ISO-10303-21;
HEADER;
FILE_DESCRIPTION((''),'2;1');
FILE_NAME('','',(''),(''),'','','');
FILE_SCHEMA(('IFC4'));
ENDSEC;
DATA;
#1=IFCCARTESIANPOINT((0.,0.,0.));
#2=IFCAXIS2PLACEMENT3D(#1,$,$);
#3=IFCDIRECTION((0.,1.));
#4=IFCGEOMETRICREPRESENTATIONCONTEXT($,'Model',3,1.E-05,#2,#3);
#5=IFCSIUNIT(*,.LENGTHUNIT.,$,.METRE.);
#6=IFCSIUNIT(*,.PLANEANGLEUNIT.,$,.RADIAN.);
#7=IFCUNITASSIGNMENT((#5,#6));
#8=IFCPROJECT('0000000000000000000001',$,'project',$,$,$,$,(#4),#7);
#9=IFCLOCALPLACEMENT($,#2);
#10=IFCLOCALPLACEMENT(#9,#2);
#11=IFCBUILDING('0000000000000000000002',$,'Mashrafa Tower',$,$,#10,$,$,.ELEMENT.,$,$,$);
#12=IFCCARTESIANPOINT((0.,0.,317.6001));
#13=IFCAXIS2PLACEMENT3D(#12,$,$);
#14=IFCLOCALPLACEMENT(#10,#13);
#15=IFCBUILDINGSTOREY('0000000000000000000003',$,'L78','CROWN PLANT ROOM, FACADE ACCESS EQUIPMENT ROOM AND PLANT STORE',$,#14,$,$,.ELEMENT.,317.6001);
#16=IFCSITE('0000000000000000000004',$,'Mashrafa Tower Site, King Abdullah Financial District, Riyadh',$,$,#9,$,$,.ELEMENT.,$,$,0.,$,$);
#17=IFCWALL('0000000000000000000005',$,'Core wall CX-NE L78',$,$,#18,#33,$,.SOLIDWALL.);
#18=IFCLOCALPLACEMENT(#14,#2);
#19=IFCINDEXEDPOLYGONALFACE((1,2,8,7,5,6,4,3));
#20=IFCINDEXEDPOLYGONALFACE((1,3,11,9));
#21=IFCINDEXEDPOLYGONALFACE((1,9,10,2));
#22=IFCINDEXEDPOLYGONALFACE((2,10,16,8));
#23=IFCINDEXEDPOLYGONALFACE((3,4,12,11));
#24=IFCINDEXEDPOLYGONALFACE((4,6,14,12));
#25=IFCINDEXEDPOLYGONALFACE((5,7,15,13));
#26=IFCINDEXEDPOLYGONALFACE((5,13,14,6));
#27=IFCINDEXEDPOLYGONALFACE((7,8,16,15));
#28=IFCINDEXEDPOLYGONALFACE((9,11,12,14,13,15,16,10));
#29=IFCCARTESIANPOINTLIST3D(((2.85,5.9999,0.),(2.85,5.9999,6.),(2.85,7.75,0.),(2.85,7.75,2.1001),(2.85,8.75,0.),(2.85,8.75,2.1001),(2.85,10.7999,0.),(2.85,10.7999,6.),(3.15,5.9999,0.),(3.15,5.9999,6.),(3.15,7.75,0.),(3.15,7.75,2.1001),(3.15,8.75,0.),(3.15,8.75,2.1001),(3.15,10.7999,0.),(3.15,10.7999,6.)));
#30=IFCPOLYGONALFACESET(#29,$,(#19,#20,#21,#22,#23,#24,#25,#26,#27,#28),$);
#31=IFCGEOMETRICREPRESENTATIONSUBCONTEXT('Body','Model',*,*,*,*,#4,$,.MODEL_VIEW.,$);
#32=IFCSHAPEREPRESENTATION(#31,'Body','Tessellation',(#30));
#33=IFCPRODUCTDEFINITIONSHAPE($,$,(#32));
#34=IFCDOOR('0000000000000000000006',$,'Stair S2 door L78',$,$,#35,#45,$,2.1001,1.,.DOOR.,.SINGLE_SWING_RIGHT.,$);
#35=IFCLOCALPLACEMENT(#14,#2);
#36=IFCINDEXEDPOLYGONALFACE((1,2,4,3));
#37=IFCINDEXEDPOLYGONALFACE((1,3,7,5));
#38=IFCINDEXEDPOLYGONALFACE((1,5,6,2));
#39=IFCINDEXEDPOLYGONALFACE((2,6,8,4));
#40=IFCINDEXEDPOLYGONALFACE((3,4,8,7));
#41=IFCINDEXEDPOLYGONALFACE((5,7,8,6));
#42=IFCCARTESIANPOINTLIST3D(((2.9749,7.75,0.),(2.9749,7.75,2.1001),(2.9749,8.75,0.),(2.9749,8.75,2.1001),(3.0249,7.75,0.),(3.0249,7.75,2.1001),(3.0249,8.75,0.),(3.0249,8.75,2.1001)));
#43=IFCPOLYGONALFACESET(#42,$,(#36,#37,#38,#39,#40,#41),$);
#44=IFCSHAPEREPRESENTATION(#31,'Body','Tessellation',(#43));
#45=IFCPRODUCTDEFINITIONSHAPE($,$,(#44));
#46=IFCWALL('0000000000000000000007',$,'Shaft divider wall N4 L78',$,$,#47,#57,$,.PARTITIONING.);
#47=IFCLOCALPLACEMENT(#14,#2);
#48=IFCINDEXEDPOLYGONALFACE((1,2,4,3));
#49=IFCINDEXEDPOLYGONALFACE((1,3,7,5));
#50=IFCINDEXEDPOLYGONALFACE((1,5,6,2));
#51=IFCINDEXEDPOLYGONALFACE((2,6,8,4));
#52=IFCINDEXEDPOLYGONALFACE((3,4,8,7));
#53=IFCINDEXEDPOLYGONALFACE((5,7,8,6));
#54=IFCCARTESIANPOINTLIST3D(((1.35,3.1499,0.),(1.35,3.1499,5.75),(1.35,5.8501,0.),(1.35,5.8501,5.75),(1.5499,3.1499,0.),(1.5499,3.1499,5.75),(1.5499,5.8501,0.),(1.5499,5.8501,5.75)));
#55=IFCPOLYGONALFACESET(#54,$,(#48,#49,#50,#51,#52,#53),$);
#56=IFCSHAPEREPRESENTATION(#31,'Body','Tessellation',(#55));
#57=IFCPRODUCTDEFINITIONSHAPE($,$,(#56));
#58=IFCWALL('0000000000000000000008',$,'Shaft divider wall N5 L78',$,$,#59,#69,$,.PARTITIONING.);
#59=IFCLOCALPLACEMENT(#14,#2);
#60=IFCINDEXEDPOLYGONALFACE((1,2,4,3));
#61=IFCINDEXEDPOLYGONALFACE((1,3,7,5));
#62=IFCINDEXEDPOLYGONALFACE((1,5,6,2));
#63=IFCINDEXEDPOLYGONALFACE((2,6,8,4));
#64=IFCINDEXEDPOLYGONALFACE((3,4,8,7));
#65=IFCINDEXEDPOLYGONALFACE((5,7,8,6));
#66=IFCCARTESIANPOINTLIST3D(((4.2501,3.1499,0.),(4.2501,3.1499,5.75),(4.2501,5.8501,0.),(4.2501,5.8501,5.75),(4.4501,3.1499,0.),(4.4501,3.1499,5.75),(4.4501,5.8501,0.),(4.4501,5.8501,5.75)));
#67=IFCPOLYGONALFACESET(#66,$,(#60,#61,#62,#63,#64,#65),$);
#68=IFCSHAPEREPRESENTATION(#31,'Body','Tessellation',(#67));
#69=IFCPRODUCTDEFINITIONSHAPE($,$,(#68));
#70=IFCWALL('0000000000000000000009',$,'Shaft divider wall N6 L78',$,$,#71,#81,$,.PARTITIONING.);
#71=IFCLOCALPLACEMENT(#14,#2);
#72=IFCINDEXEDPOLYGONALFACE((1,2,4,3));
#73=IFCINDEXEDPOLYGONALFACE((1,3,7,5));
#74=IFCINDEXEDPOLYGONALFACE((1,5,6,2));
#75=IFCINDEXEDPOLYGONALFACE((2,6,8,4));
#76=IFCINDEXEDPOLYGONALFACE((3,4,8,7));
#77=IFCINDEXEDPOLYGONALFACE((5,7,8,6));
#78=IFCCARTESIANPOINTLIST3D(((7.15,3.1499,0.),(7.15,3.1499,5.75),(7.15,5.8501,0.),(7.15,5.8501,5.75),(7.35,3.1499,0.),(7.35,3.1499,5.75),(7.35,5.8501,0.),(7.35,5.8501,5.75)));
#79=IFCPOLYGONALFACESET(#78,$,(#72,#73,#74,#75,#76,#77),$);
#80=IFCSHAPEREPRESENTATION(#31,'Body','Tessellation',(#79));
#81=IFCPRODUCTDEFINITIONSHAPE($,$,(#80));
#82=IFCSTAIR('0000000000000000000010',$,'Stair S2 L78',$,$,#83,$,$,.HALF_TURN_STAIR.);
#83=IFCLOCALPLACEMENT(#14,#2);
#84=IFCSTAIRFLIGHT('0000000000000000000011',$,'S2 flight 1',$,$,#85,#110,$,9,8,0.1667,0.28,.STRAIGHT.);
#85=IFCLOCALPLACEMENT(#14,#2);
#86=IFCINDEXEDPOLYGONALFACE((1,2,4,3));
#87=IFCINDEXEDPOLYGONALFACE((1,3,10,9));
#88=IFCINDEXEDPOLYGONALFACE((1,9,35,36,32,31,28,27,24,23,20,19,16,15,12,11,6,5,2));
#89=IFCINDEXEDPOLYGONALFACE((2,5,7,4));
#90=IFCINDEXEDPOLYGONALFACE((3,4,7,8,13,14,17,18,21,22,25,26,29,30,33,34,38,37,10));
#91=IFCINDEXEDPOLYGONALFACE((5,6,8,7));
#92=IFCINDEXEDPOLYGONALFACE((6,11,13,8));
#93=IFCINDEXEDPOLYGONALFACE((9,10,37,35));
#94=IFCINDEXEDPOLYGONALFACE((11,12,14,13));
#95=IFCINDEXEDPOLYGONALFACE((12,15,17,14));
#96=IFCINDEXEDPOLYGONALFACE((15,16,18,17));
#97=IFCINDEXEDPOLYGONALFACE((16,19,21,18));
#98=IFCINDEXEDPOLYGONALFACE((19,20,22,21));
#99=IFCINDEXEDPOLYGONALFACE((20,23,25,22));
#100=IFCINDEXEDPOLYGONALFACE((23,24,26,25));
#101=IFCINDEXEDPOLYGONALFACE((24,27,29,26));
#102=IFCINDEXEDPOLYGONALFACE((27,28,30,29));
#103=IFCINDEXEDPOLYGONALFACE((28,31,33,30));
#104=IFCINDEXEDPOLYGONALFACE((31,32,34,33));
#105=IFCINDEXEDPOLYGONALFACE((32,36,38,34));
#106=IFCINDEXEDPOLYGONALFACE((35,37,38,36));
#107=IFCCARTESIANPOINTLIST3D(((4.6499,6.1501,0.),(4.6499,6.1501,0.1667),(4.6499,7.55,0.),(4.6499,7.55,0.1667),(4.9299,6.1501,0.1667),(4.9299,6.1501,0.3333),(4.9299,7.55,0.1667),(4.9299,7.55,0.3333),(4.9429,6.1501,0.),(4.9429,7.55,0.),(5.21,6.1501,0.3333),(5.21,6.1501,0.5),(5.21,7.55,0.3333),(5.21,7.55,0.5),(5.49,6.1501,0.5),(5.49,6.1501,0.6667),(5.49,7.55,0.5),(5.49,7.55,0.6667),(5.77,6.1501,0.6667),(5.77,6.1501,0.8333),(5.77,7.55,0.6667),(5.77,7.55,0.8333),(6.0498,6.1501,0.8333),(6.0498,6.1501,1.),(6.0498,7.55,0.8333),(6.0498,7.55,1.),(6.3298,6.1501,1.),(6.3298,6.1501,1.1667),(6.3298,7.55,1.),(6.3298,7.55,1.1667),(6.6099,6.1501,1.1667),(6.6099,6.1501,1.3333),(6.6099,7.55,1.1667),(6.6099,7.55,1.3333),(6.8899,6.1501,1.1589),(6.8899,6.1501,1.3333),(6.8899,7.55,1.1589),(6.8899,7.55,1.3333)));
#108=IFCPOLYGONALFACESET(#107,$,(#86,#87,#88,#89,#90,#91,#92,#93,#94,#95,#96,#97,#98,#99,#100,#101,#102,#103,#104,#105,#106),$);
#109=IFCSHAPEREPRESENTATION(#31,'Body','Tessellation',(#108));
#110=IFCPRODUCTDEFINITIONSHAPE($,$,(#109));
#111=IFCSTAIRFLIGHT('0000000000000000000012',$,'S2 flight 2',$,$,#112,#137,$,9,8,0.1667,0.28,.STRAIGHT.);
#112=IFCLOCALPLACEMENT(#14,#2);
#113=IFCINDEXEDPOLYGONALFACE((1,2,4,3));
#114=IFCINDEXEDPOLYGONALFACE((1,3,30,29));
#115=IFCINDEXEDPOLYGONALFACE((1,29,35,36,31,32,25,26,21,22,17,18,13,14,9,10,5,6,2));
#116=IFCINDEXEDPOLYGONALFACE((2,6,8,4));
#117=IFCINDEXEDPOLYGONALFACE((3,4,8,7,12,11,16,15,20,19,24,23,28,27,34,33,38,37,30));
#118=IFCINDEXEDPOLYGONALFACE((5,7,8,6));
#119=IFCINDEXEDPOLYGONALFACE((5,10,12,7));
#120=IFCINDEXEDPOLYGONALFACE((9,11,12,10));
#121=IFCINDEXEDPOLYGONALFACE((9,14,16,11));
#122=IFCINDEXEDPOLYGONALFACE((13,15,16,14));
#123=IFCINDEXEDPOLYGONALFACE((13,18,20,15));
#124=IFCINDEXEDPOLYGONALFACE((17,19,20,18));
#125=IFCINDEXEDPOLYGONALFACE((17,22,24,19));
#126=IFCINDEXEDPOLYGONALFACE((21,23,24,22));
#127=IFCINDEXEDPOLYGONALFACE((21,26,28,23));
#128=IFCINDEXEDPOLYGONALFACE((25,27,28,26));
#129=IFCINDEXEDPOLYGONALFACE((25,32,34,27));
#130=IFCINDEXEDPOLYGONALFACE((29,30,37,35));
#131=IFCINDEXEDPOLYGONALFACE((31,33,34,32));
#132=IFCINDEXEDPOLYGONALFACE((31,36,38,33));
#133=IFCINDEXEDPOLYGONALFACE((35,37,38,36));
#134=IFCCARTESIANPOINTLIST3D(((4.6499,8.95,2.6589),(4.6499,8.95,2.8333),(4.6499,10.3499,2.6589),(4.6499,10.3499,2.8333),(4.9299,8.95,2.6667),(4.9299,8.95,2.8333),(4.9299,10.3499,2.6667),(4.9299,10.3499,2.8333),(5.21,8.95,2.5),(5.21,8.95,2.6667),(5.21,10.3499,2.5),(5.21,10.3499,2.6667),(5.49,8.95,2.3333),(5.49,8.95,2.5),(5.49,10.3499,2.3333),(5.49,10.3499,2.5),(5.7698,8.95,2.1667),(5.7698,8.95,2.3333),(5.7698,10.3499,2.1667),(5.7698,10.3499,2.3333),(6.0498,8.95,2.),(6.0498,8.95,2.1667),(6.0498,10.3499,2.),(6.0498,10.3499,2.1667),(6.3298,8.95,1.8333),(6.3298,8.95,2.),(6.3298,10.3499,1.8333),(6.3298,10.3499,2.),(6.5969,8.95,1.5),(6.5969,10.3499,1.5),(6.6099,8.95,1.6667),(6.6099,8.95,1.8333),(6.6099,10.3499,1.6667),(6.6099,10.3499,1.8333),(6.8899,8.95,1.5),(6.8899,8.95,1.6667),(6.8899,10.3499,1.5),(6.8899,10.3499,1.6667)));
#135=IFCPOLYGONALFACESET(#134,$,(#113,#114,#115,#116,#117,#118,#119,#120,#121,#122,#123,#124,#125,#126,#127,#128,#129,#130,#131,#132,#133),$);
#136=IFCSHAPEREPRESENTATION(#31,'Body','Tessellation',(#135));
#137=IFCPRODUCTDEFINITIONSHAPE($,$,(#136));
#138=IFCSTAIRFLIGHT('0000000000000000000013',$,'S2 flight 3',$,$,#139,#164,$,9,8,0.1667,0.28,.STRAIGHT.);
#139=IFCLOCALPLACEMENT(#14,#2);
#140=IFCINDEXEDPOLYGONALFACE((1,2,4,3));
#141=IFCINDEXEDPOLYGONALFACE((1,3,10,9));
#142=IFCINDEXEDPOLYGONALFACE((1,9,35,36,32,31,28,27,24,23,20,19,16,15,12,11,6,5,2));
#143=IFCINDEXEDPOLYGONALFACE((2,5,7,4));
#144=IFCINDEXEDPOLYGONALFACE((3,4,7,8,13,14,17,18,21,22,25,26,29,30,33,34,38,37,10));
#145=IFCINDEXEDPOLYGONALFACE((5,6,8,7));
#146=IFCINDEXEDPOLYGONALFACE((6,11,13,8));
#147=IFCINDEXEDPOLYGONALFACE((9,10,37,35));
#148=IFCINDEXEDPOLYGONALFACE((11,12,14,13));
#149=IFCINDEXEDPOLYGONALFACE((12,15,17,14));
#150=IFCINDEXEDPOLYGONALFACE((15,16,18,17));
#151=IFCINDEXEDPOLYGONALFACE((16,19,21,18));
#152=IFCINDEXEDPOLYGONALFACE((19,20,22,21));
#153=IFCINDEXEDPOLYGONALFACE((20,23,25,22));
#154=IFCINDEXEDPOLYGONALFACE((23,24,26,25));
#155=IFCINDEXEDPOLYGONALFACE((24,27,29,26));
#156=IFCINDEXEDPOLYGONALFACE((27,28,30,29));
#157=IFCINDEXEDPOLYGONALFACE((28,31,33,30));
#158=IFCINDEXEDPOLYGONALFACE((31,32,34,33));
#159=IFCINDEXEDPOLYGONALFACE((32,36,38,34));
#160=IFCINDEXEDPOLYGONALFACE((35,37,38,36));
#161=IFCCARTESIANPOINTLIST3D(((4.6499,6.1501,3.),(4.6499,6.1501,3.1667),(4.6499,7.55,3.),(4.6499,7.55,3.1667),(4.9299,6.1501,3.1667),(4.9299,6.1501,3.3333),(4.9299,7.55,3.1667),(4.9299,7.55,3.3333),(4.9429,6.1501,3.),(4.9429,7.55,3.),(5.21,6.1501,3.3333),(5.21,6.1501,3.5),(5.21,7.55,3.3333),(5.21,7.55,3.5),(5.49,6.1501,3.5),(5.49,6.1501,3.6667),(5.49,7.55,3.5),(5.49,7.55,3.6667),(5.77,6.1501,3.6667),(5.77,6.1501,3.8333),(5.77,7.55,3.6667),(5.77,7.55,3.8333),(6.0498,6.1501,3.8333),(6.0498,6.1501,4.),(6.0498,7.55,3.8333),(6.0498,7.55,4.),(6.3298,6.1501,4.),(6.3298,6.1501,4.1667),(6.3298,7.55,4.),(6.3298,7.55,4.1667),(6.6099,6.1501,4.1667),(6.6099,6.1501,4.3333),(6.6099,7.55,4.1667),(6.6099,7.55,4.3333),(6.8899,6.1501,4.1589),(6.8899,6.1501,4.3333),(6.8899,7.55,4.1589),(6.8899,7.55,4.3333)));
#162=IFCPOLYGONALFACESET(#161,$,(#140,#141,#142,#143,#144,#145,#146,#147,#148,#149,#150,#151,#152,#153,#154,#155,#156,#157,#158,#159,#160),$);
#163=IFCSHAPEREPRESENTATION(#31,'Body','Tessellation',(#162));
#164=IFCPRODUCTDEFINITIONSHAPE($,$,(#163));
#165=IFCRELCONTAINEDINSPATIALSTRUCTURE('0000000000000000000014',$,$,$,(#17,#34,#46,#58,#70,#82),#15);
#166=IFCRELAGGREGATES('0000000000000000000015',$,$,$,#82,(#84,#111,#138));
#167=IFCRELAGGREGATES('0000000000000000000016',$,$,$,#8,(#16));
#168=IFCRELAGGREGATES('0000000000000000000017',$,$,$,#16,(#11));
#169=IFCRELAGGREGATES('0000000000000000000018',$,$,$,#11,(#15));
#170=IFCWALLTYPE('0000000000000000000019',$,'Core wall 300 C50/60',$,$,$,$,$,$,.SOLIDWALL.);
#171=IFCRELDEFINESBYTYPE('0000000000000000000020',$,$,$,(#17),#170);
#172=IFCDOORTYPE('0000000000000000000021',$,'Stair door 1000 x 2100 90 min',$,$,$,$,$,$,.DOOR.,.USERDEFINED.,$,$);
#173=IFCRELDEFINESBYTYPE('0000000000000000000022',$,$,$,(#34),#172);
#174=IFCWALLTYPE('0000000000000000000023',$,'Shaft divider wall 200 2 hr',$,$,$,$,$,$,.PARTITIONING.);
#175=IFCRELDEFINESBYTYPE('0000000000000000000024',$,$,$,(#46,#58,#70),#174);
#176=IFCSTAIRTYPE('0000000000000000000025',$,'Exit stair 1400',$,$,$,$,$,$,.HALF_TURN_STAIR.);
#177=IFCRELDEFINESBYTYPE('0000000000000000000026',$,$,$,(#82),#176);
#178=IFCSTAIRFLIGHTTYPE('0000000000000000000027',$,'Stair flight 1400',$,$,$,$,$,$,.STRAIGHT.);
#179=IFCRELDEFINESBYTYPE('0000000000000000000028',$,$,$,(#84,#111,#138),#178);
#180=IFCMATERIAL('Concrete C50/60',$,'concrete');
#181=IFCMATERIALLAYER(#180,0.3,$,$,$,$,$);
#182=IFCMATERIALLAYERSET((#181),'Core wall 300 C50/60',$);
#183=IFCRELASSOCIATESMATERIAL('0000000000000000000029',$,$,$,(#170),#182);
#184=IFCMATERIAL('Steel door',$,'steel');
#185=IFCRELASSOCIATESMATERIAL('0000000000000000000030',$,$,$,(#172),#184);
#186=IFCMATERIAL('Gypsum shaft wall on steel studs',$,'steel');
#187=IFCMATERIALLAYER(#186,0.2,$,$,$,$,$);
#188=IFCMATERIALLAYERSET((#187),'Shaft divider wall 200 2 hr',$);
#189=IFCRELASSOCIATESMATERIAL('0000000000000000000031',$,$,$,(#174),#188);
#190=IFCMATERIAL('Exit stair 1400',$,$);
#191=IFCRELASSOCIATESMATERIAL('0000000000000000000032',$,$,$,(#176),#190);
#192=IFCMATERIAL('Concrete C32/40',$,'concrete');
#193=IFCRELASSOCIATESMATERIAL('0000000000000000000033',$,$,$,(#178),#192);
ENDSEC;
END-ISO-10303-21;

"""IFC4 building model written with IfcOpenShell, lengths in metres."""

from ifc_helpers import new_model, si_unit, direction, frame, frame_2d, origin, place, context, subcontext, project, spatial, polyline, rectangle, outline, extrude, material, layer, layer_set, type_object, element, fill, aggregate, save


model = new_model("IFC4")

# Units and contexts
model_context = context("Model", 3, precision=1e-05, world=origin(), true_north=direction((0.0, 1.0)))
body_context = subcontext(model_context, "Body", "Model", "MODEL_VIEW")
ifc_project = project(units=[si_unit("LENGTHUNIT", "METRE"), si_unit("PLANEANGLEUNIT", "RADIAN")], contexts=[model_context])

# Site, building, storey
site_placement = place(None, origin())
site = spatial("IfcSite", under=ifc_project, at=site_placement, Name="Mashrafa Tower Site, King Abdullah Financial District, Riyadh", CompositionType="ELEMENT", RefElevation=0.0)
building_placement = place(site_placement, origin())
building = spatial("IfcBuilding", under=site, at=building_placement, Name="Mashrafa Tower", CompositionType="ELEMENT")
storey_placement = place(building_placement, frame((0.0, 0.0, 317.6001)))
storey = spatial("IfcBuildingStorey", under=building, at=storey_placement, Name="L78", Description="CROWN PLANT ROOM, FACADE ACCESS EQUIPMENT ROOM AND PLANT STORE", CompositionType="ELEMENT", Elevation=317.6001)

# Wall, opening, door
ifc_material_1 = material(Name="Concrete C50/60", Category="concrete")
ifc_layer_1 = layer(ifc_material_1, 0.3)
ifc_layer_set_1 = layer_set([ifc_layer_1], Name="Core wall 300 C50/60")
wall_type_1 = type_object("IfcWallType", Name="Core wall 300 C50/60", PredefinedType="SOLIDWALL", material=ifc_layer_set_1)
wall_placement = place(storey_placement, frame((3.0, 6.0, 0.0), z_axis=(0.0, 0.0, 1.0), x_axis=(0.0, 1.0, 0.0)))
wall = element("IfcWall", 1, at=wall_placement, inside=storey, type_object=wall_type_1, Name="Core wall CX-NE L78", PredefinedType="SOLIDWALL", context=body_context, shape_type="SweptSolid", body=[
    extrude(rectangle(XDim=4.8, YDim=0.3, at=frame_2d((2.3999, 0.0))), origin(), (0.0, 0.0, 1.0), 6.0),
])
opening_placement = place(wall_placement, frame((1.75, 0.0, 0.0)))
opening = element("IfcOpeningElement", 2, at=opening_placement, cuts=wall, PredefinedType="OPENING", context=body_context, shape_type="SweptSolid", body=[
    extrude(rectangle(XDim=1.0, YDim=2.1001, at=frame_2d((0.5, 1.05))), frame((0.0, 0.1599, 0.0), z_axis=(0.0, -1.0, 0.0), x_axis=(1.0, 0.0, 0.0)), (0.0, 0.0, 1.0), 0.3201),
])
ifc_material_2 = material(Name="Steel door", Category="steel")
door_type = type_object("IfcDoorType", Name="Stair door 1000 x 2100 90 min", OperationType="USERDEFINED", PredefinedType="DOOR", material=ifc_material_2)
door_placement = place(opening_placement, frame((1.0, 0.0, 0.0), z_axis=(0.0, 0.0, 1.0), x_axis=(-1.0, 0.0, 0.0)))
door = element("IfcDoor", 3, at=door_placement, inside=storey, type_object=door_type, Name="Stair S2 door L78", OperationType="SINGLE_SWING_RIGHT", OverallHeight=2.1001, OverallWidth=1.0, PredefinedType="DOOR", context=body_context, shape_type="SweptSolid", body=[
    extrude(rectangle(XDim=1.0, YDim=2.1001, at=frame_2d((0.5, 1.05))), frame((0.0, 0.0249, 0.0), z_axis=(0.0, -1.0, 0.0), x_axis=(1.0, 0.0, 0.0)), (0.0, 0.0, 1.0), 0.05),
])
fill(opening, door)

# Walls
ifc_material_3 = material(Name="Gypsum shaft wall on steel studs", Category="steel")
ifc_layer_2 = layer(ifc_material_3, 0.2)
ifc_layer_set_2 = layer_set([ifc_layer_2], Name="Shaft divider wall 200 2 hr")
wall_type_2 = type_object("IfcWallType", Name="Shaft divider wall 200 2 hr", PredefinedType="PARTITIONING", material=ifc_layer_set_2)
for number, where, z_axis, x_axis, name in (
    (4, (1.45, 3.1499, 0.0), (0.0, 0.0, 1.0), (0.0, 1.0, 0.0), "Shaft divider wall N4 L78"),
    (5, (4.3501, 3.1499, 0.0), (0.0, 0.0, 1.0), (0.0, 1.0, 0.0), "Shaft divider wall N5 L78"),
    (6, (7.25, 3.1499, 0.0), (0.0, 0.0, 1.0), (0.0, 1.0, 0.0), "Shaft divider wall N6 L78"),
):
    element("IfcWall", number, at=place(storey_placement, frame(where, z_axis=z_axis, x_axis=x_axis)), inside=storey, type_object=wall_type_2, Name=name, PredefinedType="PARTITIONING", context=body_context, shape_type="SweptSolid", body=[
        extrude(rectangle(XDim=2.7002, YDim=0.2, at=frame_2d((1.3501, 0.0))), origin(), (0.0, 0.0, 1.0), 5.75),
    ])

# Stair, stair flights
ifc_material_4 = material(Name="Exit stair 1400")
stair_type = type_object("IfcStairType", Name="Exit stair 1400", PredefinedType="HALF_TURN_STAIR", material=ifc_material_4)
stair_placement = place(storey_placement, origin())
stair = element("IfcStair", 7, at=stair_placement, inside=storey, type_object=stair_type, Name="Stair S2 L78", PredefinedType="HALF_TURN_STAIR")
ifc_material_5 = material(Name="Concrete C32/40", Category="concrete")
stair_flight_type = type_object("IfcStairFlightType", Name="Stair flight 1400", PredefinedType="STRAIGHT", material=ifc_material_5)
stair_flight_1_placement = place(storey_placement, frame((4.6499, 6.8501, 0.0), z_axis=(0.0, 0.0, 1.0), x_axis=(1.0, 0.0, 0.0)))
stair_flight_1 = element("IfcStairFlight", 8, at=stair_flight_1_placement, type_object=stair_flight_type, Name="S2 flight 1", NumberOfRisers=9, NumberOfTreads=8, PredefinedType="STRAIGHT", RiserHeight=0.1667, TreadLength=0.28, context=body_context, shape_type="SweptSolid", body=[
    extrude(outline(polyline([(0.0, 0.0), (0.0, 0.1667), (0.28, 0.1667), (0.28, 0.3333), (0.5601, 0.3333), (0.5601, 0.5), (0.8401, 0.5), (0.8401, 0.6667), (1.1201, 0.6667), (1.1201, 0.8333), (1.3999, 0.8333), (1.3999, 1.0), (1.6799, 1.0), (1.6799, 1.1667), (1.96, 1.1667), (1.96, 1.3333), (2.24, 1.3333), (2.24, 1.5), (2.24, 1.1589), (0.293, 0.0), (0.0, 0.0)])), frame((0.0, 0.7, 0.0), z_axis=(0.0, -1.0, 0.0), x_axis=(1.0, 0.0, 0.0)), (0.0, 0.0, 1.0), 1.3999),
])
stair_flight_2_placement = place(storey_placement, frame((6.8899, 9.6499, 1.5), z_axis=(0.0, 0.0, 1.0), x_axis=(-1.0, 0.0, 0.0)))
stair_flight_2 = element("IfcStairFlight", 9, at=stair_flight_2_placement, type_object=stair_flight_type, Name="S2 flight 2", NumberOfRisers=9, NumberOfTreads=8, PredefinedType="STRAIGHT", RiserHeight=0.1667, TreadLength=0.28, context=body_context, shape_type="SweptSolid", body=[
    extrude(outline(polyline([(0.0, 0.0), (0.0, 0.1667), (0.28, 0.1667), (0.28, 0.3333), (0.5601, 0.3333), (0.5601, 0.5), (0.8401, 0.5), (0.8401, 0.6667), (1.1201, 0.6667), (1.1201, 0.8333), (1.3999, 0.8333), (1.3999, 1.0), (1.6799, 1.0), (1.6799, 1.1667), (1.96, 1.1667), (1.96, 1.3333), (2.24, 1.3333), (2.24, 1.5), (2.24, 1.1589), (0.293, 0.0), (0.0, 0.0)])), frame((0.0, 0.7, 0.0), z_axis=(0.0, -1.0, 0.0), x_axis=(1.0, 0.0, 0.0)), (0.0, 0.0, 1.0), 1.3999),
])
stair_flight_3_placement = place(storey_placement, frame((4.6499, 6.8501, 3.0), z_axis=(0.0, 0.0, 1.0), x_axis=(1.0, 0.0, 0.0)))
stair_flight_3 = element("IfcStairFlight", 10, at=stair_flight_3_placement, type_object=stair_flight_type, Name="S2 flight 3", NumberOfRisers=9, NumberOfTreads=8, PredefinedType="STRAIGHT", RiserHeight=0.1667, TreadLength=0.28, context=body_context, shape_type="SweptSolid", body=[
    extrude(outline(polyline([(0.0, 0.0), (0.0, 0.1667), (0.28, 0.1667), (0.28, 0.3333), (0.5601, 0.3333), (0.5601, 0.5), (0.8401, 0.5), (0.8401, 0.6667), (1.1201, 0.6667), (1.1201, 0.8333), (1.3999, 0.8333), (1.3999, 1.0), (1.6799, 1.0), (1.6799, 1.1667), (1.96, 1.1667), (1.96, 1.3333), (2.24, 1.3333), (2.24, 1.5), (2.24, 1.1589), (0.293, 0.0), (0.0, 0.0)])), frame((0.0, 0.7, 0.0), z_axis=(0.0, -1.0, 0.0), x_axis=(1.0, 0.0, 0.0)), (0.0, 0.0, 1.0), 1.3999),
])
aggregate(stair, [stair_flight_1, stair_flight_2, stair_flight_3])

save(model, "model.ifc")
